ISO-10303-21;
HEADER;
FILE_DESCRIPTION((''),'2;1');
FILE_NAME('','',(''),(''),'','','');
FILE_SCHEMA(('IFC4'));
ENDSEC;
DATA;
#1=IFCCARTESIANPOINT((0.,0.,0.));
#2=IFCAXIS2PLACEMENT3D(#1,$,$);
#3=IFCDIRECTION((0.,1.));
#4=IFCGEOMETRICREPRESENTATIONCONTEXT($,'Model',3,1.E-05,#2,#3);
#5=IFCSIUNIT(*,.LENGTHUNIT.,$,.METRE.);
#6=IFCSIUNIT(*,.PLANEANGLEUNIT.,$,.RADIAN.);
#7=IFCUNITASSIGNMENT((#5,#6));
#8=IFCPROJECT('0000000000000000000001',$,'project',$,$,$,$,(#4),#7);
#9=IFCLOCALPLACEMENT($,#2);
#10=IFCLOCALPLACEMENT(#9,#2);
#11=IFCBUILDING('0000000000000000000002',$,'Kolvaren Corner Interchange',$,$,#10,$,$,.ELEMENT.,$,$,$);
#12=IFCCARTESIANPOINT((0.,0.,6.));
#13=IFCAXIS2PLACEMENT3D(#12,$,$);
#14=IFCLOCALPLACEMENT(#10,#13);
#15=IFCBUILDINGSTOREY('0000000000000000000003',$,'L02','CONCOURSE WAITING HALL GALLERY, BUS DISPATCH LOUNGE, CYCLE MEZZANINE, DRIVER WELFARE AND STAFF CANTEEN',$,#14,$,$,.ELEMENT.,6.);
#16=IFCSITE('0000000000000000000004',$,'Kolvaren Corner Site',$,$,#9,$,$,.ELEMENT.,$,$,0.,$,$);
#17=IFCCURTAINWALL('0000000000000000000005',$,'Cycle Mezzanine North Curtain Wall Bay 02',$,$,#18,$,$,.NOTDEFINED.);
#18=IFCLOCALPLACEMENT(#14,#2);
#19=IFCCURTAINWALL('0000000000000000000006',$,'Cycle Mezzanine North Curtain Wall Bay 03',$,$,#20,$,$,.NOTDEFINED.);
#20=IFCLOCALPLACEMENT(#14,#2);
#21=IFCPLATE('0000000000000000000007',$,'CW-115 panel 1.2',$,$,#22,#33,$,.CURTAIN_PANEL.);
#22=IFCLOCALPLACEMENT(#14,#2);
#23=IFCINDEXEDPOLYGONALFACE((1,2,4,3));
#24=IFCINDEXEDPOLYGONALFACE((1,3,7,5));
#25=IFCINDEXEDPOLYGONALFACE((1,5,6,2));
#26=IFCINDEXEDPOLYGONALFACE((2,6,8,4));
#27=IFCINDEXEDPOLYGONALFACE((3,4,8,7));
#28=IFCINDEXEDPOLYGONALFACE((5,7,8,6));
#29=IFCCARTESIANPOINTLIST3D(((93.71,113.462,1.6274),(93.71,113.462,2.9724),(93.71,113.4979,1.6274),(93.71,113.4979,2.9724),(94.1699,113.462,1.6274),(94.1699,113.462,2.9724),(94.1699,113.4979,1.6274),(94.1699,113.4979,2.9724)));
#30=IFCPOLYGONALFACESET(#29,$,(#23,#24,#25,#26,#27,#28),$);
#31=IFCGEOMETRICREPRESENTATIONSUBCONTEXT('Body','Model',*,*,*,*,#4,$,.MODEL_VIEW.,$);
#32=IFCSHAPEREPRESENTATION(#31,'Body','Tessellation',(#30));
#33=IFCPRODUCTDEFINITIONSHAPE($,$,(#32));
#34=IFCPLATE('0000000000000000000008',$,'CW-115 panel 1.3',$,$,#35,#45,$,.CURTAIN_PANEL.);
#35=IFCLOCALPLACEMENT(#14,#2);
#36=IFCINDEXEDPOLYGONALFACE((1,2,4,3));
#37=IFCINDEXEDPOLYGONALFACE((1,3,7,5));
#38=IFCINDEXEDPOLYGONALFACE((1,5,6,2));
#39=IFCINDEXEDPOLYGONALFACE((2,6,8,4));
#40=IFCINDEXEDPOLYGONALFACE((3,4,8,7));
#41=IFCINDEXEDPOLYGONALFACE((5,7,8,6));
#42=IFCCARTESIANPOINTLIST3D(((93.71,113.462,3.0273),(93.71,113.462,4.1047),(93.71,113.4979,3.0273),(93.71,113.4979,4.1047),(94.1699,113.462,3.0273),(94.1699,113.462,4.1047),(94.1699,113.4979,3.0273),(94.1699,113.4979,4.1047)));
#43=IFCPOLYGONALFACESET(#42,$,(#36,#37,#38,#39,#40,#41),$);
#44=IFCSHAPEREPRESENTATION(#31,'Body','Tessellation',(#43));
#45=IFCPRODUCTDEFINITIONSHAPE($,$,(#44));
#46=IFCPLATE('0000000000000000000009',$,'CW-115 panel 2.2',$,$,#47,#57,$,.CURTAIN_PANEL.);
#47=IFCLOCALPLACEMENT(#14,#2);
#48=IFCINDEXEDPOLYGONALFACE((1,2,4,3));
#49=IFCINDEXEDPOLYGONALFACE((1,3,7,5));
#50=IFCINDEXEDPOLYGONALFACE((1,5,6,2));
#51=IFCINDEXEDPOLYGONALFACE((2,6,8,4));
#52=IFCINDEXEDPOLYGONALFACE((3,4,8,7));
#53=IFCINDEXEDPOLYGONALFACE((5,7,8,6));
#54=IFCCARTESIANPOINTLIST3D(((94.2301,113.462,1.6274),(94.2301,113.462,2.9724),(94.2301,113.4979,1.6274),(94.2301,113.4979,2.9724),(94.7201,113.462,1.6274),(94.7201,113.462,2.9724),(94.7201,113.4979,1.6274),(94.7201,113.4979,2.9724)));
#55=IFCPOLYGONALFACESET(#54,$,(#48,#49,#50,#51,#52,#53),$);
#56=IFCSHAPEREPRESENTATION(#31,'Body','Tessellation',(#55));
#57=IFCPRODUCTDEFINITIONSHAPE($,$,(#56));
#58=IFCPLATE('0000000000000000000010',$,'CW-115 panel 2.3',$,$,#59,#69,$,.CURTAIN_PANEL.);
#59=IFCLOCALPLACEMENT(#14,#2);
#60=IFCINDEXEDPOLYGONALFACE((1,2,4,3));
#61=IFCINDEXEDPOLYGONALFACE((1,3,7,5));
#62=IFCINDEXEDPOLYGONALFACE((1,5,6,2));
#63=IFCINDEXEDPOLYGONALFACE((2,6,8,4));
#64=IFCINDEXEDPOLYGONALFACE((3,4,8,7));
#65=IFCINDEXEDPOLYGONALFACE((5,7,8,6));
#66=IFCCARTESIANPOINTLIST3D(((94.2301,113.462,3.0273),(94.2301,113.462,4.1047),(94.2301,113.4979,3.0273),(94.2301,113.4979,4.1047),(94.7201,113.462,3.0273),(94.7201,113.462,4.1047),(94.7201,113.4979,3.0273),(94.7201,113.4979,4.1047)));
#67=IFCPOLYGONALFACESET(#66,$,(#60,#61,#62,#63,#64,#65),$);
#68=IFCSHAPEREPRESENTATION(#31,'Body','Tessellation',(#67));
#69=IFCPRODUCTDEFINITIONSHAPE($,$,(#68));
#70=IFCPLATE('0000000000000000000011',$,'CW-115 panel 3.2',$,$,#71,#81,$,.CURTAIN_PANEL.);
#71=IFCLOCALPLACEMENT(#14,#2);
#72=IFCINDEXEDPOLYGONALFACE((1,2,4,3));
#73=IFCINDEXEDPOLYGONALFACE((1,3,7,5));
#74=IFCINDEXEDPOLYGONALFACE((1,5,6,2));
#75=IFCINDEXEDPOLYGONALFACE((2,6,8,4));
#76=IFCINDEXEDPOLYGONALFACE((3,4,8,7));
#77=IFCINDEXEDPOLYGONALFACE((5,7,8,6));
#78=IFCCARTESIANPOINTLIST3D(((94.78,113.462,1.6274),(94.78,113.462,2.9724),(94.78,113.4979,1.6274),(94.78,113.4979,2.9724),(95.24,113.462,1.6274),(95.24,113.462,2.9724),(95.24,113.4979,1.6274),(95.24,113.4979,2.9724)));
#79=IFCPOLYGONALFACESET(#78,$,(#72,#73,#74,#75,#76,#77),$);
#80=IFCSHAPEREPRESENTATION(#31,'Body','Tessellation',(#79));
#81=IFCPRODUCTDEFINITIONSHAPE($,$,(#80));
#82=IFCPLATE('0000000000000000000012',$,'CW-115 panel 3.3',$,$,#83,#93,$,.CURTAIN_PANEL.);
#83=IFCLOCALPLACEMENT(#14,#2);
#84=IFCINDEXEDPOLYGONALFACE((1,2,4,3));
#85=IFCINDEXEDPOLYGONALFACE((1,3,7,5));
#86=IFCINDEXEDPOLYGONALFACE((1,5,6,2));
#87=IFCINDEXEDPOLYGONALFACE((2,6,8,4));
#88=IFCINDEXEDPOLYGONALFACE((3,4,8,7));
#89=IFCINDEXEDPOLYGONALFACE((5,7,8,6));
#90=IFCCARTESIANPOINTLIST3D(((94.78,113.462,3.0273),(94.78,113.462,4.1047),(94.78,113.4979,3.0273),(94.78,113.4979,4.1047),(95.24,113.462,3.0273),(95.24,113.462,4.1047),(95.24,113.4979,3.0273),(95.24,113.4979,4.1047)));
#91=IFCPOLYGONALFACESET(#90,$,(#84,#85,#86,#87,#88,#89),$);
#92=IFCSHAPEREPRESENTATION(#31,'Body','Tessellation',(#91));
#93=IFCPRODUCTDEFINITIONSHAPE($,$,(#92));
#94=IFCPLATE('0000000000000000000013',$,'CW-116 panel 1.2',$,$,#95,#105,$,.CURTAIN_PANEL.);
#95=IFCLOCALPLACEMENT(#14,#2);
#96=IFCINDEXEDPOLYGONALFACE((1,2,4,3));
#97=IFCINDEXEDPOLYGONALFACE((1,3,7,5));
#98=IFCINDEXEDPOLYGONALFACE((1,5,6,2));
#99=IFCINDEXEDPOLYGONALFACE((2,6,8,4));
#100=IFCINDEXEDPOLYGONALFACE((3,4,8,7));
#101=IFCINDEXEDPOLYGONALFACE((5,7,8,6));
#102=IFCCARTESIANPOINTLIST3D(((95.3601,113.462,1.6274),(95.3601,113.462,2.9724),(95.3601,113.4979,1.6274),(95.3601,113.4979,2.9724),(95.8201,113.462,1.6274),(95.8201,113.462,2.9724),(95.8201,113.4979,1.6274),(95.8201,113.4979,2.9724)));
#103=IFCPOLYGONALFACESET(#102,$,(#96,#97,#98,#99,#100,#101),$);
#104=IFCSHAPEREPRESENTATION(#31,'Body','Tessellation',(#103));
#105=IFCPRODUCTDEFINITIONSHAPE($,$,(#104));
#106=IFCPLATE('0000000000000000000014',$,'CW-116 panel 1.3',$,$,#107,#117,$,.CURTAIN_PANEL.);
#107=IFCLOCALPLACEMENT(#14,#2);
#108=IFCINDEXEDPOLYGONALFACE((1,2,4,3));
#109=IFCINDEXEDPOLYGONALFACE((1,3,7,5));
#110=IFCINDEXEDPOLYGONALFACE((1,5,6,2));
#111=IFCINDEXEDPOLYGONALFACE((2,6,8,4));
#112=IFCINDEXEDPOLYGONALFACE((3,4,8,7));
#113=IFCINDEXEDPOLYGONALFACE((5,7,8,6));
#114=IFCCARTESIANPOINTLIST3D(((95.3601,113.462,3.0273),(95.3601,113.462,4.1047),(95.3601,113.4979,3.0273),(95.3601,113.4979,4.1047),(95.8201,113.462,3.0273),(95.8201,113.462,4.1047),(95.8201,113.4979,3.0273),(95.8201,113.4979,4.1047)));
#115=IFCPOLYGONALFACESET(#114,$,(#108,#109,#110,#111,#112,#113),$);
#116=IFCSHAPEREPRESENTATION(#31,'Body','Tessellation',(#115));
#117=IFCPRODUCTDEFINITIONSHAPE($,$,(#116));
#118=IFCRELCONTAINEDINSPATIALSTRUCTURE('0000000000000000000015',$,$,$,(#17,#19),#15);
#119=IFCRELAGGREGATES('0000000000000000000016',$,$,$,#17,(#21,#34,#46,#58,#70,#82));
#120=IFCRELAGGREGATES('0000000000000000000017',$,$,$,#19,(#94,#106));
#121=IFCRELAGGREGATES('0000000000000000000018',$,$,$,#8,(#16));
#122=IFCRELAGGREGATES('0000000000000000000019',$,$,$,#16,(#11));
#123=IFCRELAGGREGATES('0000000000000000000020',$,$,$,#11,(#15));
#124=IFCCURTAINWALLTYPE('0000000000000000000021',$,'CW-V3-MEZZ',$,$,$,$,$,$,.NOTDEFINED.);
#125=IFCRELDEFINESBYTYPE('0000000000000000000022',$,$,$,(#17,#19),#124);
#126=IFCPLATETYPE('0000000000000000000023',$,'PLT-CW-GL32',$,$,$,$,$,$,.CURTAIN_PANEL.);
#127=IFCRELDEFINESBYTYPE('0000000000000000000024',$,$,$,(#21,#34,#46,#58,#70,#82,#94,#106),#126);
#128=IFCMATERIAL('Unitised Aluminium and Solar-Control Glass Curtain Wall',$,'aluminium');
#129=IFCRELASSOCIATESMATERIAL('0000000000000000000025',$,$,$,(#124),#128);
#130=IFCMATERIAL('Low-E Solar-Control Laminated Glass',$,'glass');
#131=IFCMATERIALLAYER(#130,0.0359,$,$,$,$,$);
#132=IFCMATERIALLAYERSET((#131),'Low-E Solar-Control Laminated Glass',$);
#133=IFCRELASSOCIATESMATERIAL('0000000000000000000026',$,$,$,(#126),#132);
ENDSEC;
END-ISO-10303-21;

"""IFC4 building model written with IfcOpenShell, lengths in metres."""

from ifc_helpers import new_model, si_unit, direction, frame, origin, origin_2d, place, context, subcontext, project, spatial, rectangle, extrude, material, layer, layer_set, type_object, element, aggregate, save


model = new_model("IFC4")

# Units and contexts
model_context = context("Model", 3, precision=1e-05, world=origin(), true_north=direction((0.0, 1.0)))
body_context = subcontext(model_context, "Body", "Model", "MODEL_VIEW")
ifc_project = project(units=[si_unit("LENGTHUNIT", "METRE"), si_unit("PLANEANGLEUNIT", "RADIAN")], contexts=[model_context])

# Site, building, storey
site_placement = place(None, origin())
site = spatial("IfcSite", under=ifc_project, at=site_placement, Name="Kolvaren Corner Site", CompositionType="ELEMENT", RefElevation=0.0)
building_placement = place(site_placement, origin())
building = spatial("IfcBuilding", under=site, at=building_placement, Name="Kolvaren Corner Interchange", CompositionType="ELEMENT")
storey_placement = place(building_placement, frame((0.0, 0.0, 6.0)))
storey = spatial("IfcBuildingStorey", under=building, at=storey_placement, Name="L02", Description="CONCOURSE WAITING HALL GALLERY, BUS DISPATCH LOUNGE, CYCLE MEZZANINE, DRIVER WELFARE AND STAFF CANTEEN", CompositionType="ELEMENT", Elevation=6.0)

# Curtain walls
ifc_material_1 = material(Name="Unitised Aluminium and Solar-Control Glass Curtain Wall", Category="aluminium")
curtain_wall_type = type_object("IfcCurtainWallType", Name="CW-V3-MEZZ", PredefinedType="NOTDEFINED", material=ifc_material_1)
curtain_wall_1_placement = place(storey_placement, origin())
curtain_wall_1 = element("IfcCurtainWall", 1, at=curtain_wall_1_placement, inside=storey, type_object=curtain_wall_type, Name="Cycle Mezzanine North Curtain Wall Bay 02", PredefinedType="NOTDEFINED")
curtain_wall_2_placement = place(storey_placement, origin())
curtain_wall_2 = element("IfcCurtainWall", 2, at=curtain_wall_2_placement, inside=storey, type_object=curtain_wall_type, Name="Cycle Mezzanine North Curtain Wall Bay 03", PredefinedType="NOTDEFINED")

# Plates
ifc_material_2 = material(Name="Low-E Solar-Control Laminated Glass", Category="glass")
ifc_layer = layer(ifc_material_2, 0.0359)
ifc_layer_set = layer_set([ifc_layer], Name="Low-E Solar-Control Laminated Glass")
plate_type = type_object("IfcPlateType", Name="PLT-CW-GL32", PredefinedType="CURTAIN_PANEL", material=ifc_layer_set)
plate_1_placement = place(storey_placement, frame((93.9399, 113.48, 1.6274), z_axis=(0.0, 0.0, 1.0), x_axis=(1.0, 0.0, 0.0)))
plate_1 = element("IfcPlate", 3, at=plate_1_placement, type_object=plate_type, Name="CW-115 panel 1.2", PredefinedType="CURTAIN_PANEL", context=body_context, shape_type="SweptSolid", body=[
    extrude(rectangle(XDim=0.46, YDim=0.0359, at=origin_2d()), origin(), (0.0, 0.0, 1.0), 1.345),
])
plate_2_placement = place(storey_placement, frame((93.9399, 113.48, 3.0273), z_axis=(0.0, 0.0, 1.0), x_axis=(1.0, 0.0, 0.0)))
plate_2 = element("IfcPlate", 4, at=plate_2_placement, type_object=plate_type, Name="CW-115 panel 1.3", PredefinedType="CURTAIN_PANEL", context=body_context, shape_type="SweptSolid", body=[
    extrude(rectangle(XDim=0.46, YDim=0.0359, at=origin_2d()), origin(), (0.0, 0.0, 1.0), 1.0774),
])
plate_3_placement = place(storey_placement, frame((94.4751, 113.48, 1.6274), z_axis=(0.0, 0.0, 1.0), x_axis=(1.0, 0.0, 0.0)))
plate_3 = element("IfcPlate", 5, at=plate_3_placement, type_object=plate_type, Name="CW-115 panel 2.2", PredefinedType="CURTAIN_PANEL", context=body_context, shape_type="SweptSolid", body=[
    extrude(rectangle(XDim=0.49, YDim=0.0359, at=origin_2d()), origin(), (0.0, 0.0, 1.0), 1.345),
])
plate_4_placement = place(storey_placement, frame((94.4751, 113.48, 3.0273), z_axis=(0.0, 0.0, 1.0), x_axis=(1.0, 0.0, 0.0)))
plate_4 = element("IfcPlate", 6, at=plate_4_placement, type_object=plate_type, Name="CW-115 panel 2.3", PredefinedType="CURTAIN_PANEL", context=body_context, shape_type="SweptSolid", body=[
    extrude(rectangle(XDim=0.49, YDim=0.0359, at=origin_2d()), origin(), (0.0, 0.0, 1.0), 1.0774),
])
plate_5_placement = place(storey_placement, frame((95.01, 113.48, 1.6274), z_axis=(0.0, 0.0, 1.0), x_axis=(1.0, 0.0, 0.0)))
plate_5 = element("IfcPlate", 7, at=plate_5_placement, type_object=plate_type, Name="CW-115 panel 3.2", PredefinedType="CURTAIN_PANEL", context=body_context, shape_type="SweptSolid", body=[
    extrude(rectangle(XDim=0.46, YDim=0.0359, at=origin_2d()), origin(), (0.0, 0.0, 1.0), 1.345),
])
plate_6_placement = place(storey_placement, frame((95.01, 113.48, 3.0273), z_axis=(0.0, 0.0, 1.0), x_axis=(1.0, 0.0, 0.0)))
plate_6 = element("IfcPlate", 8, at=plate_6_placement, type_object=plate_type, Name="CW-115 panel 3.3", PredefinedType="CURTAIN_PANEL", context=body_context, shape_type="SweptSolid", body=[
    extrude(rectangle(XDim=0.46, YDim=0.0359, at=origin_2d()), origin(), (0.0, 0.0, 1.0), 1.0774),
])
aggregate(curtain_wall_1, [plate_1, plate_2, plate_3, plate_4, plate_5, plate_6])
plate_7_placement = place(storey_placement, frame((95.5901, 113.48, 1.6274), z_axis=(0.0, 0.0, 1.0), x_axis=(1.0, 0.0, 0.0)))
plate_7 = element("IfcPlate", 9, at=plate_7_placement, type_object=plate_type, Name="CW-116 panel 1.2", PredefinedType="CURTAIN_PANEL", context=body_context, shape_type="SweptSolid", body=[
    extrude(rectangle(XDim=0.46, YDim=0.0359, at=origin_2d()), origin(), (0.0, 0.0, 1.0), 1.345),
])
plate_8_placement = place(storey_placement, frame((95.5901, 113.48, 3.0273), z_axis=(0.0, 0.0, 1.0), x_axis=(1.0, 0.0, 0.0)))
plate_8 = element("IfcPlate", 10, at=plate_8_placement, type_object=plate_type, Name="CW-116 panel 1.3", PredefinedType="CURTAIN_PANEL", context=body_context, shape_type="SweptSolid", body=[
    extrude(rectangle(XDim=0.46, YDim=0.0359, at=origin_2d()), origin(), (0.0, 0.0, 1.0), 1.0774),
])
aggregate(curtain_wall_2, [plate_7, plate_8])

save(model, "model.ifc")
